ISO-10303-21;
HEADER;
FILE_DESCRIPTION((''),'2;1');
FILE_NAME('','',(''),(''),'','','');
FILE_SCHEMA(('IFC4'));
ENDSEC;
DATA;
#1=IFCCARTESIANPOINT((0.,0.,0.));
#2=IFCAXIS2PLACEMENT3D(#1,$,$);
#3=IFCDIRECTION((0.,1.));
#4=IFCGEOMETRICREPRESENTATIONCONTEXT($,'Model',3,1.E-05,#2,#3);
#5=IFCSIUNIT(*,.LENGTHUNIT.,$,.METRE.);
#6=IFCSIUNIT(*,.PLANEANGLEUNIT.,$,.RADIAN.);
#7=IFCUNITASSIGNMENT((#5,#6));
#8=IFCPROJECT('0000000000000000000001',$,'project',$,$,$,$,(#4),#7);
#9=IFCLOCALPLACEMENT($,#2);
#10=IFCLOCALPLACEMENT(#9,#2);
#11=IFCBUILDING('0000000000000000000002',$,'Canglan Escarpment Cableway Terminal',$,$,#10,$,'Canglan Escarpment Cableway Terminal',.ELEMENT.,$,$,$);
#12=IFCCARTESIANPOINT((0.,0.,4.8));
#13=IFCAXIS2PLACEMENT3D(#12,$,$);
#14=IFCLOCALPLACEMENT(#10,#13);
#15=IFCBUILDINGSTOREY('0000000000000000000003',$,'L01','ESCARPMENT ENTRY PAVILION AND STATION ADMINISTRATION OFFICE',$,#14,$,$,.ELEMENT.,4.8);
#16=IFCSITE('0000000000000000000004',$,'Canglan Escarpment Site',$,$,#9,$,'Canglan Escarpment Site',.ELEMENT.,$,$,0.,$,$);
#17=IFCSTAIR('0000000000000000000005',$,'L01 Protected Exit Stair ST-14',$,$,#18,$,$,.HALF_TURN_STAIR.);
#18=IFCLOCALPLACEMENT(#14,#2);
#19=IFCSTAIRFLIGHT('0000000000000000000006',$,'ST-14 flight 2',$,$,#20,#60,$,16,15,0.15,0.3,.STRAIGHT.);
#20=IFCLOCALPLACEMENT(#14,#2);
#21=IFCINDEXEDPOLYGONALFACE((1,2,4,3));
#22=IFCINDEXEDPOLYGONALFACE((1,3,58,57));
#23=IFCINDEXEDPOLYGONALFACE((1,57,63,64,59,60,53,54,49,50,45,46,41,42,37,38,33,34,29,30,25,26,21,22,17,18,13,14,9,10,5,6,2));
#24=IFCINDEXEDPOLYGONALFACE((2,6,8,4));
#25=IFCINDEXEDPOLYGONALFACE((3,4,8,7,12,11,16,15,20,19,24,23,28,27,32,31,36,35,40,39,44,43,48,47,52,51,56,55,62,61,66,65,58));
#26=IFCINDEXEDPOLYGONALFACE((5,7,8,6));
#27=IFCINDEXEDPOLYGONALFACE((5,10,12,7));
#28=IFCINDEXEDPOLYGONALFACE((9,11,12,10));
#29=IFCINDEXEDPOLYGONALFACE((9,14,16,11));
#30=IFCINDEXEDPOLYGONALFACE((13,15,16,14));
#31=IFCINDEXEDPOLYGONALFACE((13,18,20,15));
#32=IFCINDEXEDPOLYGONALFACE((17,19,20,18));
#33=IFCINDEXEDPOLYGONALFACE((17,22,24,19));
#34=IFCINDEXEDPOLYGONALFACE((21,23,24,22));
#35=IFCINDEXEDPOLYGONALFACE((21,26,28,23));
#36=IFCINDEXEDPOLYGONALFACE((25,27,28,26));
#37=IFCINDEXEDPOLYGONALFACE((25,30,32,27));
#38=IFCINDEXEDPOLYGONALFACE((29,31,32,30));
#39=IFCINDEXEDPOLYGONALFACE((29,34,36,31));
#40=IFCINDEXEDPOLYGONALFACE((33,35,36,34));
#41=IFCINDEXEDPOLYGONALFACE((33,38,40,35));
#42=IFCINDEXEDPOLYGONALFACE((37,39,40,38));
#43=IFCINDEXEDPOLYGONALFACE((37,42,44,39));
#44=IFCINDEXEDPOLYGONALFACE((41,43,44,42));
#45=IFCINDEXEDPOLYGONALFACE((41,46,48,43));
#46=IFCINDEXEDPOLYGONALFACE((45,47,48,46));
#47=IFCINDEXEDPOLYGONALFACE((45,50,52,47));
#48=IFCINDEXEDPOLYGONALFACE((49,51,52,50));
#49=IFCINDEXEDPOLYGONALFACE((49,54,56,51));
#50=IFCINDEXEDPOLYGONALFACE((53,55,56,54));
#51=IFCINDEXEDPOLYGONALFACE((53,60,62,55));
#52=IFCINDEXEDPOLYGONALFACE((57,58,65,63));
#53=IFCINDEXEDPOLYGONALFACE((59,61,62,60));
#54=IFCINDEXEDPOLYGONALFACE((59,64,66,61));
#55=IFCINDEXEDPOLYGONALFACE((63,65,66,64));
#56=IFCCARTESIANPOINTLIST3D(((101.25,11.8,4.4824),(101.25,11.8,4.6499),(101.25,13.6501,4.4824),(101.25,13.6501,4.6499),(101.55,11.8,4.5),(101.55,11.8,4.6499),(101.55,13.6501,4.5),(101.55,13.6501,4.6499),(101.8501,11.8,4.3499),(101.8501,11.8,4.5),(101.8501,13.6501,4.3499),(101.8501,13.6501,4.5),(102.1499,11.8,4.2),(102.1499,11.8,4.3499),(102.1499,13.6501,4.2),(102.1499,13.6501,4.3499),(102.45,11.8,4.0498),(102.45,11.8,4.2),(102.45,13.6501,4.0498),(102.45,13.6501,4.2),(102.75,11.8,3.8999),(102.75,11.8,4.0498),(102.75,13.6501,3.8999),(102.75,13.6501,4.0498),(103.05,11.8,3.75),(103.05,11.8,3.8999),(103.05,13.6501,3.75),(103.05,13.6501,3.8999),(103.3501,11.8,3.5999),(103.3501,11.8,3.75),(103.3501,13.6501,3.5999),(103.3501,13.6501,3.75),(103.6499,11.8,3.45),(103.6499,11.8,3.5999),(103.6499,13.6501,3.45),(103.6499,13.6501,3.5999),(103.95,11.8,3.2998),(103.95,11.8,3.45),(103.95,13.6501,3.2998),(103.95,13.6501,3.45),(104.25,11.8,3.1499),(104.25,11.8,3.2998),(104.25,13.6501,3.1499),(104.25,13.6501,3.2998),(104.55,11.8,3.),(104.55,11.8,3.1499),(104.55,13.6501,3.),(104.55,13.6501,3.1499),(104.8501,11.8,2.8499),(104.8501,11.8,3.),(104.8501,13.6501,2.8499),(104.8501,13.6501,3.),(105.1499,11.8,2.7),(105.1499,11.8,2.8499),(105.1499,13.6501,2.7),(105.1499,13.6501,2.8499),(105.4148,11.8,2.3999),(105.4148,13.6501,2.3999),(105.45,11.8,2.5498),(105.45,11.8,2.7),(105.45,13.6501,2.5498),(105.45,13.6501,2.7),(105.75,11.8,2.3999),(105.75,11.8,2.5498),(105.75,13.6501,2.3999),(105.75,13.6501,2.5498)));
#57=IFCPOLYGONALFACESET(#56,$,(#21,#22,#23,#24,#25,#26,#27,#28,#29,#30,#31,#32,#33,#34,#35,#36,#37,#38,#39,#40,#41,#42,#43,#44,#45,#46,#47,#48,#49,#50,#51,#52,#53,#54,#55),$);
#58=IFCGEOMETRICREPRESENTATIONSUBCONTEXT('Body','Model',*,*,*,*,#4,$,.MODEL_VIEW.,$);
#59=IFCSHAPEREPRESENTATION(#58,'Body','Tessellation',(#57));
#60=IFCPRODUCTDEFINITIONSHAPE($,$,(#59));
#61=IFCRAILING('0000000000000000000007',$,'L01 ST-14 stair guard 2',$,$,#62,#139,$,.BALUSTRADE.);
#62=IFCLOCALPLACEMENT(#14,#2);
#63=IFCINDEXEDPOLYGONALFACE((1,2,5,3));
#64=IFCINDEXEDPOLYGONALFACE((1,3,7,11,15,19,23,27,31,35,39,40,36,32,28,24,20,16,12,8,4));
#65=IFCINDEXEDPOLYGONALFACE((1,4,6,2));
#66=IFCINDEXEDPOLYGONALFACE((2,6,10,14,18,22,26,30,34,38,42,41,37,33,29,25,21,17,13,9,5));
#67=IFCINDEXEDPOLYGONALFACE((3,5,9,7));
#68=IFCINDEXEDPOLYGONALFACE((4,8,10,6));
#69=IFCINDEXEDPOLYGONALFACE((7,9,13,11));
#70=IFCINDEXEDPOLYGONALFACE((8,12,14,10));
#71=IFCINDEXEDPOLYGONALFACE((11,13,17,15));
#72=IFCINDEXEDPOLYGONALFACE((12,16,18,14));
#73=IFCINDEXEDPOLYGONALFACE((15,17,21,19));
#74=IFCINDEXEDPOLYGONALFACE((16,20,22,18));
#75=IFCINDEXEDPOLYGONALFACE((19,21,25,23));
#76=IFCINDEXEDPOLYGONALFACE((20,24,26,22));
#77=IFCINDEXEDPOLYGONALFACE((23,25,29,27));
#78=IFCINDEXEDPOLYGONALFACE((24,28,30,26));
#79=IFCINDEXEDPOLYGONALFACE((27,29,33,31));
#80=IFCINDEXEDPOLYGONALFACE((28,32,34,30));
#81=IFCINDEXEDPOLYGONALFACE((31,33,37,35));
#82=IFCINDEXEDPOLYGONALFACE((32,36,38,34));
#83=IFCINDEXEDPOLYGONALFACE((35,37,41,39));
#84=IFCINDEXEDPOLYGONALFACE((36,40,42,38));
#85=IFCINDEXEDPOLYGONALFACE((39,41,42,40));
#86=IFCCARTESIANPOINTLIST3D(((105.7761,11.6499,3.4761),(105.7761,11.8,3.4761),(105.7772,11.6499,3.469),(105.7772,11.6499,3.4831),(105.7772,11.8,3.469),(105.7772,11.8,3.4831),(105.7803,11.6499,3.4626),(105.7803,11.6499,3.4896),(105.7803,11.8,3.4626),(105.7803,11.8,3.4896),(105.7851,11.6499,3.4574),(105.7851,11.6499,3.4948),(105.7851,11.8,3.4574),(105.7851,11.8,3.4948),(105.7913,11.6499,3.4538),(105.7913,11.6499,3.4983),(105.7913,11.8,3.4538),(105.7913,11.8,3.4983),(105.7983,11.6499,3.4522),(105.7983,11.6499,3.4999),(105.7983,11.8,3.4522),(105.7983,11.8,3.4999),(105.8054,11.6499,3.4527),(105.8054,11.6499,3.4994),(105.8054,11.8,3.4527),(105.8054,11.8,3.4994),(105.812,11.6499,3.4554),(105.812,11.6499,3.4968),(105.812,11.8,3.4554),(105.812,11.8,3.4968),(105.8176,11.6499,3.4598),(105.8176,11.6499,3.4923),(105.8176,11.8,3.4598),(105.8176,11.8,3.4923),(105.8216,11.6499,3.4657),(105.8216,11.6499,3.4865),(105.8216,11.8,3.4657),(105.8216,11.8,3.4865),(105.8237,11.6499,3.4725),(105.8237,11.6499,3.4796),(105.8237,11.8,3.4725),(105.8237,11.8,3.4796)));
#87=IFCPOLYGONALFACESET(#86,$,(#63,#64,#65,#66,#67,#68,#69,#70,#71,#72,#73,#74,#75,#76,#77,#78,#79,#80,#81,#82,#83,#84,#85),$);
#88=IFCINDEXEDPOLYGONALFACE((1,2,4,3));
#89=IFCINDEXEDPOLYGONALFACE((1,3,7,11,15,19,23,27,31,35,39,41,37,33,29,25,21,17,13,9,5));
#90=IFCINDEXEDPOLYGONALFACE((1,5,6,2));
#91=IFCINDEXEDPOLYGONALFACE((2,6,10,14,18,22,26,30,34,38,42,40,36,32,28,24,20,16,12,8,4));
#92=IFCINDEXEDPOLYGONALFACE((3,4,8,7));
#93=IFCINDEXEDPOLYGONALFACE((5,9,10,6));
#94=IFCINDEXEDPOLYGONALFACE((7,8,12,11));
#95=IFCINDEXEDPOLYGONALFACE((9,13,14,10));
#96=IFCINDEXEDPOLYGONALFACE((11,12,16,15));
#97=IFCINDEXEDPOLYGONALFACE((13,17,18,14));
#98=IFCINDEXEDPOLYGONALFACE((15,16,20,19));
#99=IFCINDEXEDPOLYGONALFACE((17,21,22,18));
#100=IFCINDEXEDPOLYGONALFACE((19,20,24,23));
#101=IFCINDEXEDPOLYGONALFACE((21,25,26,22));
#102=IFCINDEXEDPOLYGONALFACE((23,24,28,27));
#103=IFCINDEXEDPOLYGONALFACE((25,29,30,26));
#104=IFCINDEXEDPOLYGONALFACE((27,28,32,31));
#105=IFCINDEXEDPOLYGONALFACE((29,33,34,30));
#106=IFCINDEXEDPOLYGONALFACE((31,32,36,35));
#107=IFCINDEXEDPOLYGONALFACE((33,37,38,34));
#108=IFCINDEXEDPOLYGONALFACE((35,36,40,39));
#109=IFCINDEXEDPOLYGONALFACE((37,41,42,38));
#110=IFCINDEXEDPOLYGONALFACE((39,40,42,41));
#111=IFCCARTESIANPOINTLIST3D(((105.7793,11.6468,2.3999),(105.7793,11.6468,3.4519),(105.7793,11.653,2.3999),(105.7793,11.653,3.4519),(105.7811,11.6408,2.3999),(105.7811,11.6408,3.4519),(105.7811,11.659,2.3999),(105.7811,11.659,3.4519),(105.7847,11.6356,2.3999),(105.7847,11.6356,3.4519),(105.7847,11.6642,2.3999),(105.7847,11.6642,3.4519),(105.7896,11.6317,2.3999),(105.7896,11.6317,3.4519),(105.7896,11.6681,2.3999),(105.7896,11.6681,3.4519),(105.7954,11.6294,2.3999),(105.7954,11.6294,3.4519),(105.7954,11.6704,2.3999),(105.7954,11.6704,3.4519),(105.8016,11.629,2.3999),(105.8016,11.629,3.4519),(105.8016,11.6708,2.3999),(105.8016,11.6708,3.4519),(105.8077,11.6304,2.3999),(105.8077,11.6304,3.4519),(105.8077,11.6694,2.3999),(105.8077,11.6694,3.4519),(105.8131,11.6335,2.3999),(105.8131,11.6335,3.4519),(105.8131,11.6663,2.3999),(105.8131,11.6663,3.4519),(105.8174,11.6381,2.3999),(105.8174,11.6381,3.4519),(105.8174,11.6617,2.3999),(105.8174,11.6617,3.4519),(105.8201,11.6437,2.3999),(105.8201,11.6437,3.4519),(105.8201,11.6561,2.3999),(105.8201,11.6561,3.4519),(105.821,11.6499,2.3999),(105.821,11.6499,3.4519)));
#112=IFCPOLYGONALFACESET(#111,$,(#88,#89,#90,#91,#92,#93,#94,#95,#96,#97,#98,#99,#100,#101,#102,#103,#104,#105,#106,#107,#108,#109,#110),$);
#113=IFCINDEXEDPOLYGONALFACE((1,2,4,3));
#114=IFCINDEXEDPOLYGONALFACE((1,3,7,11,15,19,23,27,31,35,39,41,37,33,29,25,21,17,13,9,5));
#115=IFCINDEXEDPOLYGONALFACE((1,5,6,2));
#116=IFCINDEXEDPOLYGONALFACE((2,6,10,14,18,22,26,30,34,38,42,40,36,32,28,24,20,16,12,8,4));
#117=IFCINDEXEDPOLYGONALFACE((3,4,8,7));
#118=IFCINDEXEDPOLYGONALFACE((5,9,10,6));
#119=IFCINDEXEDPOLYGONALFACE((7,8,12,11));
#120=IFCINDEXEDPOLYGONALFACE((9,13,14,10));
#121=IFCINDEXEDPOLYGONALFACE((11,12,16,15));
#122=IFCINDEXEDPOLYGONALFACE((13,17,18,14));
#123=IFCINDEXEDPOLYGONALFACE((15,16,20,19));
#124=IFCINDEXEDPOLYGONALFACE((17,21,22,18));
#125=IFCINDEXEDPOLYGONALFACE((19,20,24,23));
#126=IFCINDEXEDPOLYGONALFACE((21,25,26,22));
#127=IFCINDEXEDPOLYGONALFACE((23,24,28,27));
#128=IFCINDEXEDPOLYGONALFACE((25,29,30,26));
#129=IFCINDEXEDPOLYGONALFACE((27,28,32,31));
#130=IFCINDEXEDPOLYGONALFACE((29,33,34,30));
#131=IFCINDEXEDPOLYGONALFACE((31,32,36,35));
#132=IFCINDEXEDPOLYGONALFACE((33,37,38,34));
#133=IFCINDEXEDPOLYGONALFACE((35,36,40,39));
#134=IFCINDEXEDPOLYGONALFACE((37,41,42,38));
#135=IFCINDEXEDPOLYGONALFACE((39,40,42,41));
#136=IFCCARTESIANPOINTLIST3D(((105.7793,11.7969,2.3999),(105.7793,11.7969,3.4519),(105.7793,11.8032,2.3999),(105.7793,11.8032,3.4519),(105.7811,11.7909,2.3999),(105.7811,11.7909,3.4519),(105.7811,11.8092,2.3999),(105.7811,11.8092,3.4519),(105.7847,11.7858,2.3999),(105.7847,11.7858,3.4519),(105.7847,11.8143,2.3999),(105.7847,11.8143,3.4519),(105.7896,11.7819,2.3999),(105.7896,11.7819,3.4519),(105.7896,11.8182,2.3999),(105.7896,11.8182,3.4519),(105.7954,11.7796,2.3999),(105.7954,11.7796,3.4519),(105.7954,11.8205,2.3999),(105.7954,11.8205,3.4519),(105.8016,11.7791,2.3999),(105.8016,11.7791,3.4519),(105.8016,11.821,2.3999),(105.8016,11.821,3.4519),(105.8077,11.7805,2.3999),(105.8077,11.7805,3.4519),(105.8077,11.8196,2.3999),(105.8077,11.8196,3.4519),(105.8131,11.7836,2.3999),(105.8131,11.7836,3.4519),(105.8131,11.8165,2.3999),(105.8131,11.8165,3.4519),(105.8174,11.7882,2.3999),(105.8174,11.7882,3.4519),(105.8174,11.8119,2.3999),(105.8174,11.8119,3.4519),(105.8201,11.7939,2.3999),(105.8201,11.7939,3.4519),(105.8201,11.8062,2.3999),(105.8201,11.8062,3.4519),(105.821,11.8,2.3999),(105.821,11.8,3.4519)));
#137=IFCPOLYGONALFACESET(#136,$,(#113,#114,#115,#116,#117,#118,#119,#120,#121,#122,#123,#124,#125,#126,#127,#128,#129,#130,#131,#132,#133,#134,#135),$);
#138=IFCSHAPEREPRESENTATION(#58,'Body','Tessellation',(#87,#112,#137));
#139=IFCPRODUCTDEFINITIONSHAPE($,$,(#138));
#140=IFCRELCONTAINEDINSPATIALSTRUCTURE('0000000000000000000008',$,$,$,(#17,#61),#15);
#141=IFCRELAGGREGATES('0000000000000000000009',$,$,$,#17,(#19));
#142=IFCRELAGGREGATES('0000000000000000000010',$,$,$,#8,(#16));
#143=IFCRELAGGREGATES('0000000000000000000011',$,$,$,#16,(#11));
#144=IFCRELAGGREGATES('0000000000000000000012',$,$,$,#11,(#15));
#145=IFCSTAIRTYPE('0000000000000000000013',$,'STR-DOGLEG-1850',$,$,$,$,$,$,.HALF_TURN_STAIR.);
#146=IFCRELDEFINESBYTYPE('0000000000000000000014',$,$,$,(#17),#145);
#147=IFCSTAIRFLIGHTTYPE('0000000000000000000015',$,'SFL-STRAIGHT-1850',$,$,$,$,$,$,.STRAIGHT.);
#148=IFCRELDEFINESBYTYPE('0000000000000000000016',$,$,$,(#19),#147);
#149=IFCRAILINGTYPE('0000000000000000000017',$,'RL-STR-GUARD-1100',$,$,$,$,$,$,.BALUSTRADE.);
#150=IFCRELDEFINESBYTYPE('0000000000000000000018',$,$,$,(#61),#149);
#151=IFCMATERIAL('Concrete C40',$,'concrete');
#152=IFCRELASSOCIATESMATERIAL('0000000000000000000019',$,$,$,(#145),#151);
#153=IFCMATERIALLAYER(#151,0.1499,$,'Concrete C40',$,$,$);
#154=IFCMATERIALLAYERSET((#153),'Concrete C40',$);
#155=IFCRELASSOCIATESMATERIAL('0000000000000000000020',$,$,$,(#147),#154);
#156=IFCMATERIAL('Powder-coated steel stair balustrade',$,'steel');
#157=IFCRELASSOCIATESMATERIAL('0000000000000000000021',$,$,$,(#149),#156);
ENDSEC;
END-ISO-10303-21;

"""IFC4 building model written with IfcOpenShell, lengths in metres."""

from ifc_helpers import new_model, si_unit, direction, frame, origin, origin_2d, place, context, subcontext, project, spatial, polyline, circle, outline, extrude, material, layer, layer_set, type_object, element, aggregate, save


model = new_model("IFC4")

# Units and contexts
model_context = context("Model", 3, precision=1e-05, world=origin(), true_north=direction((0.0, 1.0)))
body_context = subcontext(model_context, "Body", "Model", "MODEL_VIEW")
ifc_project = project(units=[si_unit("LENGTHUNIT", "METRE"), si_unit("PLANEANGLEUNIT", "RADIAN")], contexts=[model_context])

# Site, building, storey
site_placement = place(None, origin())
site = spatial("IfcSite", under=ifc_project, at=site_placement, Name="Canglan Escarpment Site", LongName="Canglan Escarpment Site", CompositionType="ELEMENT", RefElevation=0.0)
building_placement = place(site_placement, origin())
building = spatial("IfcBuilding", under=site, at=building_placement, Name="Canglan Escarpment Cableway Terminal", LongName="Canglan Escarpment Cableway Terminal", CompositionType="ELEMENT")
storey_placement = place(building_placement, frame((0.0, 0.0, 4.8)))
storey = spatial("IfcBuildingStorey", under=building, at=storey_placement, Name="L01", Description="ESCARPMENT ENTRY PAVILION AND STATION ADMINISTRATION OFFICE", CompositionType="ELEMENT", Elevation=4.8)

# Shared definitions
ifc_material_1 = material(Name="Concrete C40", Category="concrete")

# Stair, stair flight
stair_type = type_object("IfcStairType", Name="STR-DOGLEG-1850", PredefinedType="HALF_TURN_STAIR", material=ifc_material_1)
stair_placement = place(storey_placement, origin())
stair = element("IfcStair", 1, at=stair_placement, inside=storey, type_object=stair_type, Name="L01 Protected Exit Stair ST-14", PredefinedType="HALF_TURN_STAIR")
ifc_layer_1 = layer(ifc_material_1, 0.1499, Name="Concrete C40")
ifc_layer_set_1 = layer_set([ifc_layer_1], Name="Concrete C40")
stair_flight_type = type_object("IfcStairFlightType", Name="SFL-STRAIGHT-1850", PredefinedType="STRAIGHT", material=ifc_layer_set_1)
stair_flight_placement = place(storey_placement, frame((105.75, 12.7251, 2.3999), z_axis=(0.0, 0.0, 1.0), x_axis=(-1.0, 0.0, 0.0)))
stair_flight = element("IfcStairFlight", 2, at=stair_flight_placement, type_object=stair_flight_type, Name="ST-14 flight 2", NumberOfRisers=16, NumberOfTreads=15, PredefinedType="STRAIGHT", RiserHeight=0.15, TreadLength=0.3, context=body_context, shape_type="SweptSolid", body=[
    extrude(outline(polyline([(0.0, 0.0), (0.0, 0.1499), (0.3, 0.1499), (0.3, 0.3), (0.6001, 0.3), (0.6001, 0.45), (0.8999, 0.45), (0.8999, 0.6001), (1.2, 0.6001), (1.2, 0.75), (1.5, 0.75), (1.5, 0.8999), (1.8, 0.8999), (1.8, 1.05), (2.1001, 1.05), (2.1001, 1.2), (2.3999, 1.2), (2.3999, 1.3501), (2.7, 1.3501), (2.7, 1.5), (3.0, 1.5), (3.0, 1.6499), (3.3, 1.6499), (3.3, 1.8), (3.6001, 1.8), (3.6001, 1.95), (3.8999, 1.95), (3.8999, 2.1001), (4.2, 2.1001), (4.2, 2.25), (4.5, 2.25), (4.5, 2.3999), (4.5, 2.0825), (0.3352, 0.0), (0.0, 0.0)])), frame((0.0, 0.925, 0.0), z_axis=(0.0, -1.0, 0.0), x_axis=(1.0, 0.0, 0.0)), (0.0, 0.0, 1.0), 1.8501),
])
aggregate(stair, [stair_flight])

# Railing
ifc_material_2 = material(Name="Powder-coated steel stair balustrade", Category="steel")
railing_type_1 = type_object("IfcRailingType", Name="RL-STR-GUARD-1100", PredefinedType="BALUSTRADE", material=ifc_material_2)
railing_1_placement = place(storey_placement, frame((105.8, 11.6499, 2.3999)))
element("IfcRailing", 3, at=railing_1_placement, inside=storey, type_object=railing_type_1, Name="L01 ST-14 stair guard 2", PredefinedType="BALUSTRADE", context=body_context, shape_type="SweptSolid", body=[
    extrude(circle(Radius=0.0239, at=origin_2d()), frame((0.0, 0.0, 1.0762), z_axis=(0.0, 1.0, 0.0), x_axis=(-1.0, 0.0, 0.0)), (0.0, 0.0, 1.0), 0.1501),
    extrude(circle(Radius=0.021, at=origin_2d()), origin(), (0.0, 0.0, 1.0), 1.052),
    extrude(circle(Radius=0.021, at=origin_2d()), frame((0.0, 0.1501, 0.0)), (0.0, 0.0, 1.0), 1.052),
])

save(model, "model.ifc")
